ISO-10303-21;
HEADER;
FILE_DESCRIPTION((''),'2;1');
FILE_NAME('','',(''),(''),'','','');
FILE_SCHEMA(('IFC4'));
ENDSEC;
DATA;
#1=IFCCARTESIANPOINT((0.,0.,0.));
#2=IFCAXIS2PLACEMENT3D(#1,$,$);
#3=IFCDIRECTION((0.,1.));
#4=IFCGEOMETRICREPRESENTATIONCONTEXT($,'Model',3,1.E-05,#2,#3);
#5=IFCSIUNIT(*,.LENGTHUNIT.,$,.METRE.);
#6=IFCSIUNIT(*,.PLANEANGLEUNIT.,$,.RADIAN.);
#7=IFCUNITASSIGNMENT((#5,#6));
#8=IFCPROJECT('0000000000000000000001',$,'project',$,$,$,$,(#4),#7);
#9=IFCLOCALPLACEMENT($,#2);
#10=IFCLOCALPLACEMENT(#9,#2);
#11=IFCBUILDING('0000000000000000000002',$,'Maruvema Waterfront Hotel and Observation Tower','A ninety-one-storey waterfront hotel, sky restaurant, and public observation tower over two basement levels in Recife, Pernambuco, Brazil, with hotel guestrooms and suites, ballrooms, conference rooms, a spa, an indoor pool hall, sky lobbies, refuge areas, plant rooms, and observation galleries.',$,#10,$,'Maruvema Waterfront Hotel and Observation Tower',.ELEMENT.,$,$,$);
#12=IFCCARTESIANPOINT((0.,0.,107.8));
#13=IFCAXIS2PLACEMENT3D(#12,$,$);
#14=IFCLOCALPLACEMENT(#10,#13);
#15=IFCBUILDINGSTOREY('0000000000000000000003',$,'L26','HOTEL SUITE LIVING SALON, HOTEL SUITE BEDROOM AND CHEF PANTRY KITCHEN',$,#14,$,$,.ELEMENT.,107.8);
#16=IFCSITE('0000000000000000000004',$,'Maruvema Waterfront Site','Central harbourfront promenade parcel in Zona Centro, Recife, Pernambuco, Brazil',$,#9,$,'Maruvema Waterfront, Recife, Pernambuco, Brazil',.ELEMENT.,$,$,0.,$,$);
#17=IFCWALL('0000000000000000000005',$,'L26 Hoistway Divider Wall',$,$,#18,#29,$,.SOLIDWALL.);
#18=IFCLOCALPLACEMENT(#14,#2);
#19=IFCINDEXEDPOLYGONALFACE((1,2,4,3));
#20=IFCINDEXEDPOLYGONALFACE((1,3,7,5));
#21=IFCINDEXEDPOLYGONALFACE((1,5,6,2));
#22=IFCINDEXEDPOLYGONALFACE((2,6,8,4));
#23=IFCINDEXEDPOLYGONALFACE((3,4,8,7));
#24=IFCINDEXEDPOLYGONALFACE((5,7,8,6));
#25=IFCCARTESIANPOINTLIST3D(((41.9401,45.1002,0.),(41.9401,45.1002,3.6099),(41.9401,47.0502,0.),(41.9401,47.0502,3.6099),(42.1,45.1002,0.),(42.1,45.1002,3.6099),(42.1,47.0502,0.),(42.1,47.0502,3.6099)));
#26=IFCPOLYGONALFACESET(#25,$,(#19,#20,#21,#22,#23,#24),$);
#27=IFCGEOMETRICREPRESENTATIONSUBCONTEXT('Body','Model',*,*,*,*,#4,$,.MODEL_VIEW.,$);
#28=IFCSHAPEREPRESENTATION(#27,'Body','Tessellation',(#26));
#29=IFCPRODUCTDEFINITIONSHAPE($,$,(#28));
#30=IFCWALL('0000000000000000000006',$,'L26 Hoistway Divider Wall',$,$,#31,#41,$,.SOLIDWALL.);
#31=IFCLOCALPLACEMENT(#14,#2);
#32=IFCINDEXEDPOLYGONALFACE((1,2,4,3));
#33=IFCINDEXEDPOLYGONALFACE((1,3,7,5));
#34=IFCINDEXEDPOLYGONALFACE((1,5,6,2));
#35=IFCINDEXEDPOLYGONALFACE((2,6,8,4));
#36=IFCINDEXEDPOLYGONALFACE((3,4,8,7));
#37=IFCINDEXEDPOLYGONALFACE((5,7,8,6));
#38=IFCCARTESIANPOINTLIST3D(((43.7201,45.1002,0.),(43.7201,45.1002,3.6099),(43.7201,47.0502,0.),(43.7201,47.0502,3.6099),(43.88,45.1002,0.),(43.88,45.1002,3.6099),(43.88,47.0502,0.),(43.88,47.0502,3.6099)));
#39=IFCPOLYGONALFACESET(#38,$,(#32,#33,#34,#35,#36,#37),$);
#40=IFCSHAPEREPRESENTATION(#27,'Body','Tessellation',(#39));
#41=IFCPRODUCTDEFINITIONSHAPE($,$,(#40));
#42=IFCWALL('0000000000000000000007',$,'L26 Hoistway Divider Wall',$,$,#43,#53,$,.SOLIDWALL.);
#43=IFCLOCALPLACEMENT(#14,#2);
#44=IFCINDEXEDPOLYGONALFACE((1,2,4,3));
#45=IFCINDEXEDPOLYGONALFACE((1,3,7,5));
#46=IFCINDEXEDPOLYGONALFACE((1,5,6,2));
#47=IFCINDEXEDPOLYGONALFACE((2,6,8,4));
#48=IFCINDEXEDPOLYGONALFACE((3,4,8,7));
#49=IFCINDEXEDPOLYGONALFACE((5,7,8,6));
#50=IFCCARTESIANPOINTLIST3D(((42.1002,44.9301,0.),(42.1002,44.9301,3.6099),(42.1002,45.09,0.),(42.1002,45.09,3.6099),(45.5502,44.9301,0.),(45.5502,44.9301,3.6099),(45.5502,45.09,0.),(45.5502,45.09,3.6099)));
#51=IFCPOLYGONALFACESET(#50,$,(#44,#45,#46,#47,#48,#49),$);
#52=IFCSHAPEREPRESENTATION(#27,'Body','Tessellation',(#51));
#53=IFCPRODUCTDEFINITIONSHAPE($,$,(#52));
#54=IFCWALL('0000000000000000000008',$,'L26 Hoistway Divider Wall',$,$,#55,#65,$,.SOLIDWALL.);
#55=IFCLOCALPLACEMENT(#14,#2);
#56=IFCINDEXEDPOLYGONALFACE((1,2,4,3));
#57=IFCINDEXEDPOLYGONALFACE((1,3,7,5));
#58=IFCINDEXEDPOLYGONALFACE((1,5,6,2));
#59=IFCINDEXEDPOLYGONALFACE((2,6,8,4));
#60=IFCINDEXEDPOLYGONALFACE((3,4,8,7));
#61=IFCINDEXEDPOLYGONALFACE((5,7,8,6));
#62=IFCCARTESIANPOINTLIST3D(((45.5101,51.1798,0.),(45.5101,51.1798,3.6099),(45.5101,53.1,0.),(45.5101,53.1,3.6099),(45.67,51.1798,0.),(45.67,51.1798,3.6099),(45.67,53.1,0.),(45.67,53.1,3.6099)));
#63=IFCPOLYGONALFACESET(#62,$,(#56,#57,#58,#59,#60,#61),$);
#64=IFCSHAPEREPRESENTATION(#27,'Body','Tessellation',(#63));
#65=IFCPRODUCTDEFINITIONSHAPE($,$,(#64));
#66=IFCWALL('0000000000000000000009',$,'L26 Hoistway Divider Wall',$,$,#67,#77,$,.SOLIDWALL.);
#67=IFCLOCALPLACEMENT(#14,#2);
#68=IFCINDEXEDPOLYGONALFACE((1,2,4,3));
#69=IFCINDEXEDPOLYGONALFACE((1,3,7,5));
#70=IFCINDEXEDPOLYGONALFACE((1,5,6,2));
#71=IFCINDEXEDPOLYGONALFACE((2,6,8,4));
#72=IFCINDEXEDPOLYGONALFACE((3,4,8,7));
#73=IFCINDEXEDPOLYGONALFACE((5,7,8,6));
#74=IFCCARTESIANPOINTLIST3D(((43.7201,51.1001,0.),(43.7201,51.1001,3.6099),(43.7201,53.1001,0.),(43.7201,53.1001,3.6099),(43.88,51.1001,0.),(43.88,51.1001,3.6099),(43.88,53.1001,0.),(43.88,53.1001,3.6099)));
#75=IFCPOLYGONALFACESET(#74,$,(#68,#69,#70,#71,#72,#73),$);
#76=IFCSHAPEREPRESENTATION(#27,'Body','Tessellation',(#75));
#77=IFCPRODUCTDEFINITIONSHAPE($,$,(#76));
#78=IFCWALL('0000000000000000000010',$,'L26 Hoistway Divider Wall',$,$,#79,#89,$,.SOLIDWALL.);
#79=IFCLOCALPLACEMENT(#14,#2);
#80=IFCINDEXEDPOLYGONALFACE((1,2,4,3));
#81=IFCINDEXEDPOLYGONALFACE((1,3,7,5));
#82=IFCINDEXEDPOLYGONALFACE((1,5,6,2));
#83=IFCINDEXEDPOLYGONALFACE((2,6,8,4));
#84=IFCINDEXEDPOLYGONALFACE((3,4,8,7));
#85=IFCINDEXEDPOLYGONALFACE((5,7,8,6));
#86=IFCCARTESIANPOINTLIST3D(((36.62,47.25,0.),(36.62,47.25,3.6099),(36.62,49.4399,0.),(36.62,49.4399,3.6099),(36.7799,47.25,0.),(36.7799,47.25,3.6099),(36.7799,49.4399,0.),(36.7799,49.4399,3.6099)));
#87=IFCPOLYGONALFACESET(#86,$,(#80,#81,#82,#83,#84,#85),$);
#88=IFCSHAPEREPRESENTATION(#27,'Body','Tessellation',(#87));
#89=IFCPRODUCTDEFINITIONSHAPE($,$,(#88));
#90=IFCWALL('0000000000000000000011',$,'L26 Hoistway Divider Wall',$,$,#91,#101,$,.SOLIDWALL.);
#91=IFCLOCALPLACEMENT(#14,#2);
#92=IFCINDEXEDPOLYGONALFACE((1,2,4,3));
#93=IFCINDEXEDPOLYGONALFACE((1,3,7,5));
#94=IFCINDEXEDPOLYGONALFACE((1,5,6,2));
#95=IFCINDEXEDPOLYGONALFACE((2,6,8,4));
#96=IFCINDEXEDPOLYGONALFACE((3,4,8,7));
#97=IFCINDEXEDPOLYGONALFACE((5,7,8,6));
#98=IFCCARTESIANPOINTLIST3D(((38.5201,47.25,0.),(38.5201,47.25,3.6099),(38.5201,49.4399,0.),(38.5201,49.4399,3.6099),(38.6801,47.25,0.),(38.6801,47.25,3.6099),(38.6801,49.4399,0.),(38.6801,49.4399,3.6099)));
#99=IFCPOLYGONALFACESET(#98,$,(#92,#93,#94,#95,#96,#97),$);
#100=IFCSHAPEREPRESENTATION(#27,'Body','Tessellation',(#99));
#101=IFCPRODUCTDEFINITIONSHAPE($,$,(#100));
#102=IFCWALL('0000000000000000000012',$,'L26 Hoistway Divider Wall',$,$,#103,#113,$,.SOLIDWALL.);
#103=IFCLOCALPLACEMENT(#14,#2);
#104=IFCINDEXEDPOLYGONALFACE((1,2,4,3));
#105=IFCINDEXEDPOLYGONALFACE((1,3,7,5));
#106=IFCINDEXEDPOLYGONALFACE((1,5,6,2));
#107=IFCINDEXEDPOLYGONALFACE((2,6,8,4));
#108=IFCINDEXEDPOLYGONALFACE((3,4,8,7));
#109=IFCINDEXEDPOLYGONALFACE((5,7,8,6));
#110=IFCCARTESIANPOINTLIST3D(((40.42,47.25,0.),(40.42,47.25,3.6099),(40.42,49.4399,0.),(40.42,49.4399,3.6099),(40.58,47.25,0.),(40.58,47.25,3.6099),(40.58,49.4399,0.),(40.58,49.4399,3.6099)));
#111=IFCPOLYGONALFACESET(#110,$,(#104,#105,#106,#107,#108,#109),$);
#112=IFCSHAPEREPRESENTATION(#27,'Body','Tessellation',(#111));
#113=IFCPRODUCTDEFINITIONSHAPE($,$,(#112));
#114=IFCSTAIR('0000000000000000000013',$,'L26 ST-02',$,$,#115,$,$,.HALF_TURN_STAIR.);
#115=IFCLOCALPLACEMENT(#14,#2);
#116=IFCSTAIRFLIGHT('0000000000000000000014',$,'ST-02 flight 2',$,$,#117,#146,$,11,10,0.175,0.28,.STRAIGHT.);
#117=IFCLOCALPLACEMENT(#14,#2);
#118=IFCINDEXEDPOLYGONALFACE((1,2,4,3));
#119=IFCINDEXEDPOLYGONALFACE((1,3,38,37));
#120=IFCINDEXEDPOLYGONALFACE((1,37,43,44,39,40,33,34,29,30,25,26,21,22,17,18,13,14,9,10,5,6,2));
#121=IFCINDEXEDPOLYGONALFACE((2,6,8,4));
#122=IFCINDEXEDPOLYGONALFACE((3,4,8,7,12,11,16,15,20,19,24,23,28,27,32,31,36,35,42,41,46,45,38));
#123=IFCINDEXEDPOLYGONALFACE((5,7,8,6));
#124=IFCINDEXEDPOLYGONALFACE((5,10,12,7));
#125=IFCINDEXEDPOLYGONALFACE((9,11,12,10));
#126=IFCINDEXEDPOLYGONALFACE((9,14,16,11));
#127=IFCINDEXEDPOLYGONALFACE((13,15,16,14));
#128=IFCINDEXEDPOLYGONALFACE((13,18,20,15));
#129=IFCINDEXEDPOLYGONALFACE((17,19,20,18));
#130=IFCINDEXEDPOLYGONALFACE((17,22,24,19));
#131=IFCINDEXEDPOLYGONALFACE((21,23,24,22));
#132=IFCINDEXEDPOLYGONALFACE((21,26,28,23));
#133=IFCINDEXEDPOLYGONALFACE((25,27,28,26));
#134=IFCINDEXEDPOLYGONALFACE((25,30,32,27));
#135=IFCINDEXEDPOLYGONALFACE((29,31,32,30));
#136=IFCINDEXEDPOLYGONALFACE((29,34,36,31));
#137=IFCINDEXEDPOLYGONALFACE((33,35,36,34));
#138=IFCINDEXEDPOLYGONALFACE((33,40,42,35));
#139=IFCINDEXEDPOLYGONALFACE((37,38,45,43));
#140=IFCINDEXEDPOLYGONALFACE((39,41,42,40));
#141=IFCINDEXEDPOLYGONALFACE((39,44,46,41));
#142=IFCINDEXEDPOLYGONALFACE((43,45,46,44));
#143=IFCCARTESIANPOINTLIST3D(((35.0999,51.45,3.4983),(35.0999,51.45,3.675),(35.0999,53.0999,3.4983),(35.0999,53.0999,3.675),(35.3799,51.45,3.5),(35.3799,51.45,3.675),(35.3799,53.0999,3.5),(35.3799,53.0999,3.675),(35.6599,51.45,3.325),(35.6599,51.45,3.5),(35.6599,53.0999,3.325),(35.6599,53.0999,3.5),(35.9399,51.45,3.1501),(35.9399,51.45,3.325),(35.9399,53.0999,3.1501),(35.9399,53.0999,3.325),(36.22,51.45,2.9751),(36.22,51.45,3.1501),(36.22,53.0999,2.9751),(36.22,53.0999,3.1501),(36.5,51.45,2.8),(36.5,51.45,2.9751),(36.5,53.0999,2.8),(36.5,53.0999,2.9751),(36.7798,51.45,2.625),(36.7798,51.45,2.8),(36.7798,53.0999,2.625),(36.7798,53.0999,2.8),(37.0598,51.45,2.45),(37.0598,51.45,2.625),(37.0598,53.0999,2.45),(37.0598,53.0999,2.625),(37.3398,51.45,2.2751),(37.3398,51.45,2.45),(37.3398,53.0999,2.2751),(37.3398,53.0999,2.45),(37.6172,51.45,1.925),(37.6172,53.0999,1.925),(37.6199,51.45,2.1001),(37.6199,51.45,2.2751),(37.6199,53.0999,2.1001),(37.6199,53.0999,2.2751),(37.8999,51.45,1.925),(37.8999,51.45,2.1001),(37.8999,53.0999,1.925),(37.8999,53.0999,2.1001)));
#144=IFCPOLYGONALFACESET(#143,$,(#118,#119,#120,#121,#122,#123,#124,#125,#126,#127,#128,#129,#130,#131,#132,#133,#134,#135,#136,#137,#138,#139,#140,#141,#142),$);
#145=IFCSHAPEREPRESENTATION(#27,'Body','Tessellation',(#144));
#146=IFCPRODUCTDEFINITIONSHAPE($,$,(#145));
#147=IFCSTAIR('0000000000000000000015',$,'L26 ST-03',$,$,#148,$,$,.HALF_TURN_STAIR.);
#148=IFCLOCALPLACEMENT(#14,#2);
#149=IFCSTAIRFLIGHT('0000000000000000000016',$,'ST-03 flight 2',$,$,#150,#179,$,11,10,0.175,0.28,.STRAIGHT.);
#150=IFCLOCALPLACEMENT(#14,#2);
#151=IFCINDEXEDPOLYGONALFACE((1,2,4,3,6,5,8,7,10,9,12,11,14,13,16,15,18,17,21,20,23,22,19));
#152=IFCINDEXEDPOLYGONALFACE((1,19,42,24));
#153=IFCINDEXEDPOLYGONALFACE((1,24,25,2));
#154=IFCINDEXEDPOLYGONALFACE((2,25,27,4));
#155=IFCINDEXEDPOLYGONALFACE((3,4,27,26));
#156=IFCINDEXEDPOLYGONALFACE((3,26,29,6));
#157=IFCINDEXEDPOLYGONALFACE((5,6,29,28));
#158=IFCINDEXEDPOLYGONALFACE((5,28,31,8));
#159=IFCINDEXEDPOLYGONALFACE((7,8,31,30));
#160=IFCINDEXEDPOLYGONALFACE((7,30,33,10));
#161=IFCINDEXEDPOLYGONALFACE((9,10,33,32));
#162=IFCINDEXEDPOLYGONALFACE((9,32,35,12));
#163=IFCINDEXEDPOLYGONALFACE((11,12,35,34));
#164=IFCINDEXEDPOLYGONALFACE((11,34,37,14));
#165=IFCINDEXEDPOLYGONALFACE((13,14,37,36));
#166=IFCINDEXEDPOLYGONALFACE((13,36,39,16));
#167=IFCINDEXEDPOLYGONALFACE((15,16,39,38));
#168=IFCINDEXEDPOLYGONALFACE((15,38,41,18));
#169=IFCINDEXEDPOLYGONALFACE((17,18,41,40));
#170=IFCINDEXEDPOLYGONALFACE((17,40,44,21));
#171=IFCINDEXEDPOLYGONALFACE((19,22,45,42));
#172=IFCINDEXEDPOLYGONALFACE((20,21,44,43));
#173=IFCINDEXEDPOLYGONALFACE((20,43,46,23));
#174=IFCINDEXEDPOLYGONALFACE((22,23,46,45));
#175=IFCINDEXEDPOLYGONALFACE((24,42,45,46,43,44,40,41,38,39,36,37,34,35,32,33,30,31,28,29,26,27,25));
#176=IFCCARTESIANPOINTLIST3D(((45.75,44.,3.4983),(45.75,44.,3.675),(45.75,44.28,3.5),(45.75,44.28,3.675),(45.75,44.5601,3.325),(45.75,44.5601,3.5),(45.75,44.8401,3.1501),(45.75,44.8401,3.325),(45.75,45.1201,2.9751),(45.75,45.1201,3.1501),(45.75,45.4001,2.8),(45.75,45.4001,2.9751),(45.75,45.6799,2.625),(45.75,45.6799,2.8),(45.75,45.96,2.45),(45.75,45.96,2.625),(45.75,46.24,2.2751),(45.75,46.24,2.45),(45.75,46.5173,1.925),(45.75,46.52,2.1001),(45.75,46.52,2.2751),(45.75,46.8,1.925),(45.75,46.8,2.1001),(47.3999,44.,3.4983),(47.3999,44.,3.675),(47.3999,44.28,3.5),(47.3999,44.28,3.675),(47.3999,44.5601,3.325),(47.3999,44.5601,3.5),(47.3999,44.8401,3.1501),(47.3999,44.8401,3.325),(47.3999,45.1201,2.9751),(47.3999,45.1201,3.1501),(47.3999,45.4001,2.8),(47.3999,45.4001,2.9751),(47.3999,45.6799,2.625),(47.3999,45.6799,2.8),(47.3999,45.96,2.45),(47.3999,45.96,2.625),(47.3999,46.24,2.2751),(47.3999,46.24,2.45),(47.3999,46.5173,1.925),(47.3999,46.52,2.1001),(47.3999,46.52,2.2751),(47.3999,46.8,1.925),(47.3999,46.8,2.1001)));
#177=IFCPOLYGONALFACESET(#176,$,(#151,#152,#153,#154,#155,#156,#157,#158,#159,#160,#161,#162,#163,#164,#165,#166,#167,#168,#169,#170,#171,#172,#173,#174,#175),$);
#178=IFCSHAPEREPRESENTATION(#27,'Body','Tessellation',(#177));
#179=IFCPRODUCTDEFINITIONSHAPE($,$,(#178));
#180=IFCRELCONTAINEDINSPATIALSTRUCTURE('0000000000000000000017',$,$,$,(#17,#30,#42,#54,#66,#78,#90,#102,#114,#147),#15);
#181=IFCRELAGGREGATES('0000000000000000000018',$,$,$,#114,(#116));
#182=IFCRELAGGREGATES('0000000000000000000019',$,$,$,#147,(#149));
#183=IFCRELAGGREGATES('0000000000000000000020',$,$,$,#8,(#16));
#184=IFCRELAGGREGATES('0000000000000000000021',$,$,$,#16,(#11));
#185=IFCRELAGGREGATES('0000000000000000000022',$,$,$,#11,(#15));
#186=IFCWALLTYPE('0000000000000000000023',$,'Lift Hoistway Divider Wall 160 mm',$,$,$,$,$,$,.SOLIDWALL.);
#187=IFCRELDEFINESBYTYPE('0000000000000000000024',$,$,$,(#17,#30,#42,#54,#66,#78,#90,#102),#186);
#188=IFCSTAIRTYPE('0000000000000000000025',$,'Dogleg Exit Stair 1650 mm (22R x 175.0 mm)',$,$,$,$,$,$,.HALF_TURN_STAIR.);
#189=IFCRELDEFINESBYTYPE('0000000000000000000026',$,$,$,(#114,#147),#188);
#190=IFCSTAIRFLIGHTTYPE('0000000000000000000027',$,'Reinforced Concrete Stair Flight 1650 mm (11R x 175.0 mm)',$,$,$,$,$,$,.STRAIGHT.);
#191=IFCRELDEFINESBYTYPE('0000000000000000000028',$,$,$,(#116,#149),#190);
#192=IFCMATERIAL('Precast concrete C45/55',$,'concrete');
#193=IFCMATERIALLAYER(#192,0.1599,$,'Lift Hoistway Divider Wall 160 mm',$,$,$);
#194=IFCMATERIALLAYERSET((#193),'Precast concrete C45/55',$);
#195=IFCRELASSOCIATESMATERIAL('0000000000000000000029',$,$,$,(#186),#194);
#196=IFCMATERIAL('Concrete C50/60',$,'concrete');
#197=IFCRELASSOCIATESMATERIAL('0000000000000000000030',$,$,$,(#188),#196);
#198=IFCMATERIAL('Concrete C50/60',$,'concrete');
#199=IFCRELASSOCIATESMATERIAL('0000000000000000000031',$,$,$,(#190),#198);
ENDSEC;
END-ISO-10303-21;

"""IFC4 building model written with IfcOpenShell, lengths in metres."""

from ifc_helpers import new_model, si_unit, direction, frame, frame_2d, origin, place, context, subcontext, project, spatial, polyline, rectangle, outline, extrude, material, layer, layer_set, type_object, element, aggregate, save


model = new_model("IFC4")

# Units and contexts
model_context = context("Model", 3, precision=1e-05, world=origin(), true_north=direction((0.0, 1.0)))
body_context = subcontext(model_context, "Body", "Model", "MODEL_VIEW")
ifc_project = project(units=[si_unit("LENGTHUNIT", "METRE"), si_unit("PLANEANGLEUNIT", "RADIAN")], contexts=[model_context])

# Site, building, storey
site_placement = place(None, origin())
site = spatial("IfcSite", under=ifc_project, at=site_placement, Name="Maruvema Waterfront Site", Description="Central harbourfront promenade parcel in Zona Centro, Recife, Pernambuco, Brazil", LongName="Maruvema Waterfront, Recife, Pernambuco, Brazil", CompositionType="ELEMENT", RefElevation=0.0)
building_placement = place(site_placement, origin())
building = spatial("IfcBuilding", under=site, at=building_placement, Name="Maruvema Waterfront Hotel and Observation Tower", Description="A ninety-one-storey waterfront hotel, sky restaurant, and public observation tower over two basement levels in Recife, Pernambuco, Brazil, with hotel guestrooms and suites, ballrooms, conference rooms, a spa, an indoor pool hall, sky lobbies, refuge areas, plant rooms, and observation galleries.", LongName="Maruvema Waterfront Hotel and Observation Tower", CompositionType="ELEMENT")
storey_placement = place(building_placement, frame((0.0, 0.0, 107.8)))
storey = spatial("IfcBuildingStorey", under=building, at=storey_placement, Name="L26", Description="HOTEL SUITE LIVING SALON, HOTEL SUITE BEDROOM AND CHEF PANTRY KITCHEN", CompositionType="ELEMENT", Elevation=107.8)

# Walls
ifc_material_1 = material(Name="Precast concrete C45/55", Category="concrete")
ifc_layer_1 = layer(ifc_material_1, 0.1599, Name="Lift Hoistway Divider Wall 160 mm")
ifc_layer_set_1 = layer_set([ifc_layer_1], Name="Precast concrete C45/55")
wall_type_1 = type_object("IfcWallType", Name="Lift Hoistway Divider Wall 160 mm", PredefinedType="SOLIDWALL", material=ifc_layer_set_1)
for number, where, z_axis, x_axis, name in (
    (1, (42.02, 45.1001, 0.0), (0.0, 0.0, 1.0), (0.0, 1.0, 0.0), "L26 Hoistway Divider Wall"),
    (2, (43.8, 45.1001, 0.0), (0.0, 0.0, 1.0), (0.0, 1.0, 0.0), "L26 Hoistway Divider Wall"),
):
    element("IfcWall", number, at=place(storey_placement, frame(where, z_axis=z_axis, x_axis=x_axis)), inside=storey, type_object=wall_type_1, Name=name, PredefinedType="SOLIDWALL", context=body_context, shape_type="SweptSolid", body=[
        extrude(rectangle(XDim=1.95, YDim=0.1599, at=frame_2d((0.9751, 0.0))), origin(), (0.0, 0.0, 1.0), 3.6099),
    ])
wall_1_placement = place(storey_placement, frame((42.1001, 45.01, 0.0), z_axis=(0.0, 0.0, 1.0), x_axis=(1.0, 0.0, 0.0)))
element("IfcWall", 3, at=wall_1_placement, inside=storey, type_object=wall_type_1, Name="L26 Hoistway Divider Wall", PredefinedType="SOLIDWALL", context=body_context, shape_type="SweptSolid", body=[
    extrude(rectangle(XDim=3.45, YDim=0.1599, at=frame_2d((1.7251, 0.0))), origin(), (0.0, 0.0, 1.0), 3.6099),
])
wall_2_placement = place(storey_placement, frame((45.5901, 51.1799, 0.0), z_axis=(0.0, 0.0, 1.0), x_axis=(0.0, 1.0, 0.0)))
element("IfcWall", 4, at=wall_2_placement, inside=storey, type_object=wall_type_1, Name="L26 Hoistway Divider Wall", PredefinedType="SOLIDWALL", context=body_context, shape_type="SweptSolid", body=[
    extrude(rectangle(XDim=1.9202, YDim=0.1599, at=frame_2d((0.96, 0.0))), origin(), (0.0, 0.0, 1.0), 3.6099),
])
wall_3_placement = place(storey_placement, frame((43.8, 51.1001, 0.0), z_axis=(0.0, 0.0, 1.0), x_axis=(0.0, 1.0, 0.0)))
element("IfcWall", 5, at=wall_3_placement, inside=storey, type_object=wall_type_1, Name="L26 Hoistway Divider Wall", PredefinedType="SOLIDWALL", context=body_context, shape_type="SweptSolid", body=[
    extrude(rectangle(XDim=2.0, YDim=0.1599, at=frame_2d((1.0, 0.0))), origin(), (0.0, 0.0, 1.0), 3.6099),
])
for number, where, z_axis, x_axis, name in (
    (6, (36.7, 47.25, 0.0), (0.0, 0.0, 1.0), (0.0, 1.0, 0.0), "L26 Hoistway Divider Wall"),
    (7, (38.6001, 47.25, 0.0), (0.0, 0.0, 1.0), (0.0, 1.0, 0.0), "L26 Hoistway Divider Wall"),
    (8, (40.5, 47.25, 0.0), (0.0, 0.0, 1.0), (0.0, 1.0, 0.0), "L26 Hoistway Divider Wall"),
):
    element("IfcWall", number, at=place(storey_placement, frame(where, z_axis=z_axis, x_axis=x_axis)), inside=storey, type_object=wall_type_1, Name=name, PredefinedType="SOLIDWALL", context=body_context, shape_type="SweptSolid", body=[
        extrude(rectangle(XDim=2.1899, YDim=0.1599, at=frame_2d((1.095, 0.0))), origin(), (0.0, 0.0, 1.0), 3.6099),
    ])

# Stairs, stair flights
ifc_material_2 = material(Name="Concrete C50/60", Category="concrete")
stair_type = type_object("IfcStairType", Name="Dogleg Exit Stair 1650 mm (22R x 175.0 mm)", PredefinedType="HALF_TURN_STAIR", material=ifc_material_2)
stair_1_placement = place(storey_placement, origin())
stair_1 = element("IfcStair", 9, at=stair_1_placement, inside=storey, type_object=stair_type, Name="L26 ST-02", PredefinedType="HALF_TURN_STAIR")
ifc_material_3 = material(Name="Concrete C50/60", Category="concrete")
stair_flight_type = type_object("IfcStairFlightType", Name="Reinforced Concrete Stair Flight 1650 mm (11R x 175.0 mm)", PredefinedType="STRAIGHT", material=ifc_material_3)
stair_flight_1_placement = place(storey_placement, frame((37.8999, 52.2749, 1.925), z_axis=(0.0, 0.0, 1.0), x_axis=(-1.0, 0.0, 0.0)))
stair_flight_1 = element("IfcStairFlight", 10, at=stair_flight_1_placement, type_object=stair_flight_type, Name="ST-02 flight 2", NumberOfRisers=11, NumberOfTreads=10, PredefinedType="STRAIGHT", RiserHeight=0.175, TreadLength=0.28, context=body_context, shape_type="SweptSolid", body=[
    extrude(outline(polyline([(0.0, 0.0), (0.0, 0.175), (0.28, 0.175), (0.28, 0.3501), (0.5601, 0.3501), (0.5601, 0.5249), (0.8401, 0.5249), (0.8401, 0.7), (1.1201, 0.7), (1.1201, 0.875), (1.3999, 0.875), (1.3999, 1.05), (1.6799, 1.05), (1.6799, 1.2251), (1.96, 1.2251), (1.96, 1.3999), (2.24, 1.3999), (2.24, 1.575), (2.52, 1.575), (2.52, 1.75), (2.8, 1.75), (2.8, 1.925), (2.8, 1.5732), (0.2827, 0.0), (0.0, 0.0)])), frame((0.0, 0.825, 0.0), z_axis=(0.0, -1.0, 0.0), x_axis=(1.0, 0.0, 0.0)), (0.0, 0.0, 1.0), 1.6499),
])
aggregate(stair_1, [stair_flight_1])
stair_2_placement = place(storey_placement, origin())
stair_2 = element("IfcStair", 11, at=stair_2_placement, inside=storey, type_object=stair_type, Name="L26 ST-03", PredefinedType="HALF_TURN_STAIR")
stair_flight_2_placement = place(storey_placement, frame((46.575, 46.8, 1.925), z_axis=(0.0, 0.0, 1.0), x_axis=(0.0, -1.0, 0.0)))
stair_flight_2 = element("IfcStairFlight", 12, at=stair_flight_2_placement, type_object=stair_flight_type, Name="ST-03 flight 2", NumberOfRisers=11, NumberOfTreads=10, PredefinedType="STRAIGHT", RiserHeight=0.175, TreadLength=0.28, context=body_context, shape_type="SweptSolid", body=[
    extrude(outline(polyline([(0.0, 0.0), (0.0, 0.175), (0.28, 0.175), (0.28, 0.3501), (0.5601, 0.3501), (0.5601, 0.5249), (0.8401, 0.5249), (0.8401, 0.7), (1.1201, 0.7), (1.1201, 0.875), (1.3999, 0.875), (1.3999, 1.05), (1.6799, 1.05), (1.6799, 1.2251), (1.96, 1.2251), (1.96, 1.3999), (2.24, 1.3999), (2.24, 1.575), (2.52, 1.575), (2.52, 1.75), (2.8, 1.75), (2.8, 1.925), (2.8, 1.5732), (0.2827, 0.0), (0.0, 0.0)])), frame((0.0, 0.825, 0.0), z_axis=(0.0, -1.0, 0.0), x_axis=(1.0, 0.0, 0.0)), (0.0, 0.0, 1.0), 1.6499),
])
aggregate(stair_2, [stair_flight_2])

save(model, "model.ifc")
